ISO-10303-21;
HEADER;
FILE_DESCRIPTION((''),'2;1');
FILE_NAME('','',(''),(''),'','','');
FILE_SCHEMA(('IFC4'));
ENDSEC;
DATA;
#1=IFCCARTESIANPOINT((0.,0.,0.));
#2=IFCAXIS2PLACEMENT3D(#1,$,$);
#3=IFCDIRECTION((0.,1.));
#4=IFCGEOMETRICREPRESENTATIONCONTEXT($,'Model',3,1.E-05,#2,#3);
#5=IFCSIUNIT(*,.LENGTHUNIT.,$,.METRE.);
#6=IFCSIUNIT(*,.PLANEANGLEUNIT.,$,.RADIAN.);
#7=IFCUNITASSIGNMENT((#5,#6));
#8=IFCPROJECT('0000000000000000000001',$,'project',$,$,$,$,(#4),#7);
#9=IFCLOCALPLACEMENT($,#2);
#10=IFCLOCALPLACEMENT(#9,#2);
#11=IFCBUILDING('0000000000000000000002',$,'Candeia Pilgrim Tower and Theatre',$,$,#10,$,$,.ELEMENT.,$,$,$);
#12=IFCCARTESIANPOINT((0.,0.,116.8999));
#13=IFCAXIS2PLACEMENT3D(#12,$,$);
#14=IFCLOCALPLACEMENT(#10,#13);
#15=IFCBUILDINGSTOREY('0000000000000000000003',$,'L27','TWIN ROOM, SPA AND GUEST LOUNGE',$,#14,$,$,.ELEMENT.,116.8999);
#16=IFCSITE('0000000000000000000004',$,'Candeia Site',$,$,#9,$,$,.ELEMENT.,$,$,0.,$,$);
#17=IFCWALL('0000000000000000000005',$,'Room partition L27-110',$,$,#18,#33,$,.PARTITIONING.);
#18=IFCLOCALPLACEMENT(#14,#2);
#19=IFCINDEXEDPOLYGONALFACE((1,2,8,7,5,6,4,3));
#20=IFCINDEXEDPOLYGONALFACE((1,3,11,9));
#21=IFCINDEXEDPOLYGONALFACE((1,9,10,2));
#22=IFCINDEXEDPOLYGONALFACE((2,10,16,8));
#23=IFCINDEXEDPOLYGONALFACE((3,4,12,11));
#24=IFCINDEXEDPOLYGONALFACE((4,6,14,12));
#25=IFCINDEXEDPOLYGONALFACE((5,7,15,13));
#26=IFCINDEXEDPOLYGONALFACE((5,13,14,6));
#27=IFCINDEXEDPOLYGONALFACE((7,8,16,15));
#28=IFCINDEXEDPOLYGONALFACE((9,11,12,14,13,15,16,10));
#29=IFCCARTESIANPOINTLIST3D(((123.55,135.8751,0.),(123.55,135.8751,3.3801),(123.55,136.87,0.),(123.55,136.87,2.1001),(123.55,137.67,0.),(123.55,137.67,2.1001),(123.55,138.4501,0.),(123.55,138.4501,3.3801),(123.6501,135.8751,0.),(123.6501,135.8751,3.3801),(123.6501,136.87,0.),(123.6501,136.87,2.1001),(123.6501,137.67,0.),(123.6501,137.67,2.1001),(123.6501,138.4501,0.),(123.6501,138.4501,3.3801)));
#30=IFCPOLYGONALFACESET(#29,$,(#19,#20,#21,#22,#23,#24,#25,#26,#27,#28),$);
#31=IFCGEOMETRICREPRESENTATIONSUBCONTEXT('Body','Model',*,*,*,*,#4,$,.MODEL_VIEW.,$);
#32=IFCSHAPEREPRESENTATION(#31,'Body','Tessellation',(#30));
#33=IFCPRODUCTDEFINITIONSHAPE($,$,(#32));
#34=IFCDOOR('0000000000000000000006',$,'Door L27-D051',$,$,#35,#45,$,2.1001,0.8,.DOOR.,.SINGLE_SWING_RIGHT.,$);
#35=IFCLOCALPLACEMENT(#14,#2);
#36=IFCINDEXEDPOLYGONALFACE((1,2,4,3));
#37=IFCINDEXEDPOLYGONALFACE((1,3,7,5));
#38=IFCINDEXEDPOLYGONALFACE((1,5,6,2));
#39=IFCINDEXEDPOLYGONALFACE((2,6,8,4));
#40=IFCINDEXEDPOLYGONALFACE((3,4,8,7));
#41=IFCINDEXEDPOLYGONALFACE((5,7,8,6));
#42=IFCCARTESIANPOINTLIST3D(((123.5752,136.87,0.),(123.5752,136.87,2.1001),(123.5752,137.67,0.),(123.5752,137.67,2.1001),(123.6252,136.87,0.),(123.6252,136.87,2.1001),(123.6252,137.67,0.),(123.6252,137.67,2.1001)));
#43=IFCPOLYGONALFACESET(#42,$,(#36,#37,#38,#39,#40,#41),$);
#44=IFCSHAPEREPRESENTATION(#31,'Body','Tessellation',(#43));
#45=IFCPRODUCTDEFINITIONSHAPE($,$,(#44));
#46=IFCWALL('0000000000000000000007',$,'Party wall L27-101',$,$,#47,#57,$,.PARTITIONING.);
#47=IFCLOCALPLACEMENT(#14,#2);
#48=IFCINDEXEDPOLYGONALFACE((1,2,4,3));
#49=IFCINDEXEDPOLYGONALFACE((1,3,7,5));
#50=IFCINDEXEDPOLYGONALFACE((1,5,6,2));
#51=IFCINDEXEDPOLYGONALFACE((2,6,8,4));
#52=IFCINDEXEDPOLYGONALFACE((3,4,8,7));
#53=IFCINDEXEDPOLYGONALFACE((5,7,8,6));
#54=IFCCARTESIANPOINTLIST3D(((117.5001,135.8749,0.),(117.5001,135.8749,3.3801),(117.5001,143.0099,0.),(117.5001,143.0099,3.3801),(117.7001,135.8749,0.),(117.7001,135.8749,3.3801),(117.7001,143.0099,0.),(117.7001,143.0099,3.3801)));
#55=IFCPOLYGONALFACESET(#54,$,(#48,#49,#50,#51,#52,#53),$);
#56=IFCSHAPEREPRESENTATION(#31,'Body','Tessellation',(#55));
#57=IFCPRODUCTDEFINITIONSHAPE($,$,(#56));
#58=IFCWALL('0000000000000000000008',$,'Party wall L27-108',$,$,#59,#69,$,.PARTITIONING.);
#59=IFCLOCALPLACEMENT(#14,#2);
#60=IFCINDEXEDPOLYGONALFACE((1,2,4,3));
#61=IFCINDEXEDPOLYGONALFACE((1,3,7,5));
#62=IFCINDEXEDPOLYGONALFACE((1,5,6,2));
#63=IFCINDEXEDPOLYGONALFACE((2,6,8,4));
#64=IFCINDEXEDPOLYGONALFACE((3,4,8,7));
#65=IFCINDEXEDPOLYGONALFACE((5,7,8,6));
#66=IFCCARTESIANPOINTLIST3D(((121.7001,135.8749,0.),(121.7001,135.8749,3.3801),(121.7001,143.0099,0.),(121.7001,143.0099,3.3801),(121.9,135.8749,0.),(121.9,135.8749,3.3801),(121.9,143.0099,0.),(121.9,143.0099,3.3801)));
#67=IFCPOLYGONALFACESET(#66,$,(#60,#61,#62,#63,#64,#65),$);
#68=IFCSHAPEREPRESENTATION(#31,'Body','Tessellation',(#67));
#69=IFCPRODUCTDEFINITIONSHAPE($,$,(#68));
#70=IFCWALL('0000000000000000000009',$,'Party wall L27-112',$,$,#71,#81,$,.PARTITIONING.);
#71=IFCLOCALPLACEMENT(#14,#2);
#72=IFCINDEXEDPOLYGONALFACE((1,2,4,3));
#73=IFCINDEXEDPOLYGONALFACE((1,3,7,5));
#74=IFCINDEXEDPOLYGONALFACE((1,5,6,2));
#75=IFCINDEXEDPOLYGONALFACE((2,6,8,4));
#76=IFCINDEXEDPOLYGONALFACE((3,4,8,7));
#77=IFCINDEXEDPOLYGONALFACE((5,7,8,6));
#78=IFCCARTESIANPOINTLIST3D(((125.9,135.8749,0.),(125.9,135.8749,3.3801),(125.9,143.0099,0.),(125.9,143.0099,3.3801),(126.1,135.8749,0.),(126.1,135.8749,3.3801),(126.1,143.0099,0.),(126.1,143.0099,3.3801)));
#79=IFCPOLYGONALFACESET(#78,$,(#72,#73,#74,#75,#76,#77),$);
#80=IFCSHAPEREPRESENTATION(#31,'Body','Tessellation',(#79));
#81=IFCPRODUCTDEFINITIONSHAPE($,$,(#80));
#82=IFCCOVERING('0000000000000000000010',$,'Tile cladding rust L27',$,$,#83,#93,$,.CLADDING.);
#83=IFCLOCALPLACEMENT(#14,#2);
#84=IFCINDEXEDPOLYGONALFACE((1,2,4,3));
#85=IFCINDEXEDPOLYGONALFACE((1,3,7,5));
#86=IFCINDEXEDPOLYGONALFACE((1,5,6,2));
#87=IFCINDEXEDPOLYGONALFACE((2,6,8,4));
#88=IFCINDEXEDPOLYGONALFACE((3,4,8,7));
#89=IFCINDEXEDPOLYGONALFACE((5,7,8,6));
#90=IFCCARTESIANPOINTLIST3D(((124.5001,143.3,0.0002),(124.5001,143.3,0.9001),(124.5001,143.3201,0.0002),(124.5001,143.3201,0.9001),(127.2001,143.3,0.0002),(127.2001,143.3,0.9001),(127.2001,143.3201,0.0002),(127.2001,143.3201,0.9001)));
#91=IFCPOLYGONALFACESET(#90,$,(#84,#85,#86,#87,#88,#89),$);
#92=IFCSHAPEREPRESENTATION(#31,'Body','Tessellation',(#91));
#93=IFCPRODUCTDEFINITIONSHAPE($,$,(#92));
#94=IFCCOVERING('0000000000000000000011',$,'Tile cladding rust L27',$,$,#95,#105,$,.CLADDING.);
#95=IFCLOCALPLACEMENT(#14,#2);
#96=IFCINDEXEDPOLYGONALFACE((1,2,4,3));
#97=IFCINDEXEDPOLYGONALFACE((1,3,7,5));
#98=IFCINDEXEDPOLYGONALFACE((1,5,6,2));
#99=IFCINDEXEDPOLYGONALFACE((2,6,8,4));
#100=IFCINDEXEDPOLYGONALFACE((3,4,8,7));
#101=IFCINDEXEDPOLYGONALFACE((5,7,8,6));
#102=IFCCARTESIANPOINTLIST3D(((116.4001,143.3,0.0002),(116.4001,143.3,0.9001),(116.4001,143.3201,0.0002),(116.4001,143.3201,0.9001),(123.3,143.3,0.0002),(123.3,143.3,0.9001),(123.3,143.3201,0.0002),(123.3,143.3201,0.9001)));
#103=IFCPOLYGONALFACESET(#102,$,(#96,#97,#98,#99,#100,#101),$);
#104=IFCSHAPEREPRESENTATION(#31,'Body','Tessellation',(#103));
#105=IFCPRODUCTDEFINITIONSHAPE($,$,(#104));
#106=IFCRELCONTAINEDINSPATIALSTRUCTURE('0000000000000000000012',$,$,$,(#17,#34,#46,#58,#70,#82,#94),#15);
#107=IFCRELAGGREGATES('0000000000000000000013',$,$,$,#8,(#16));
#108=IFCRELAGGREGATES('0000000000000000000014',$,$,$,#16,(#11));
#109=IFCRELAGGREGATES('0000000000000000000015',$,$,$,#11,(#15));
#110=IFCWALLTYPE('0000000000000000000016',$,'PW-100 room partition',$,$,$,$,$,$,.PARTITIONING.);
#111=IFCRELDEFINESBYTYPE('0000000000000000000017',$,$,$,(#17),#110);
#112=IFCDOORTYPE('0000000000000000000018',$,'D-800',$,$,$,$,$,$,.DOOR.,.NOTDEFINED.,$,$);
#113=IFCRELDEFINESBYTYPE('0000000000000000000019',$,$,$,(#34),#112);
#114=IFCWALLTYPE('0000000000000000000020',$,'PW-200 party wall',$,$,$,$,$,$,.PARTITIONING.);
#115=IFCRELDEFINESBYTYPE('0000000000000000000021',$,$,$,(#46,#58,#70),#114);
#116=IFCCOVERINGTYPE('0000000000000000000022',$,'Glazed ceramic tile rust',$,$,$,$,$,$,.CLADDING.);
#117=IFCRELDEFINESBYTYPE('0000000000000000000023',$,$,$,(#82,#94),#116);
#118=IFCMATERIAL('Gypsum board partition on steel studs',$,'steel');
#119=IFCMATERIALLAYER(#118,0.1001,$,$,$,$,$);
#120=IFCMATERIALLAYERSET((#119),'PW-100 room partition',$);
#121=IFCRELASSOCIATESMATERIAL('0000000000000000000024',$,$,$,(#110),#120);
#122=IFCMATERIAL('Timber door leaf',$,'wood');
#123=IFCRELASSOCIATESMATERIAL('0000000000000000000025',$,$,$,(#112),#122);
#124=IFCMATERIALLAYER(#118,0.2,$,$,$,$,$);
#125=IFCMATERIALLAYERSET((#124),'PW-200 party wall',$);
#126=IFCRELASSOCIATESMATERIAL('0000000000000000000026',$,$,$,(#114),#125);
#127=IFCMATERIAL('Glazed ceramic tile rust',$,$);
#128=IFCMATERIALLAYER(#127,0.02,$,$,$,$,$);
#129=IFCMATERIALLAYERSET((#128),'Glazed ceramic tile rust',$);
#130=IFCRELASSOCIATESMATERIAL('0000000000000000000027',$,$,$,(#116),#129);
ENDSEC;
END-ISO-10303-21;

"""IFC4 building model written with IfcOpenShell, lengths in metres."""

from ifc_helpers import new_model, si_unit, direction, frame, frame_2d, origin, origin_2d, place, context, subcontext, project, spatial, rectangle, extrude, material, layer, layer_set, type_object, element, fill, save


model = new_model("IFC4")

# Units and contexts
model_context = context("Model", 3, precision=1e-05, world=origin(), true_north=direction((0.0, 1.0)))
body_context = subcontext(model_context, "Body", "Model", "MODEL_VIEW")
ifc_project = project(units=[si_unit("LENGTHUNIT", "METRE"), si_unit("PLANEANGLEUNIT", "RADIAN")], contexts=[model_context])

# Site, building, storey
site_placement = place(None, origin())
site = spatial("IfcSite", under=ifc_project, at=site_placement, Name="Candeia Site", CompositionType="ELEMENT", RefElevation=0.0)
building_placement = place(site_placement, origin())
building = spatial("IfcBuilding", under=site, at=building_placement, Name="Candeia Pilgrim Tower and Theatre", CompositionType="ELEMENT")
storey_placement = place(building_placement, frame((0.0, 0.0, 116.8999)))
storey = spatial("IfcBuildingStorey", under=building, at=storey_placement, Name="L27", Description="TWIN ROOM, SPA AND GUEST LOUNGE", CompositionType="ELEMENT", Elevation=116.8999)

# Shared definitions
ifc_material_1 = material(Name="Gypsum board partition on steel studs", Category="steel")
ifc_layer_1 = layer(ifc_material_1, 0.1001)
ifc_layer_set_1 = layer_set([ifc_layer_1], Name="PW-100 room partition")
wall_type_1 = type_object("IfcWallType", Name="PW-100 room partition", PredefinedType="PARTITIONING", material=ifc_layer_set_1)
ifc_material_2 = material(Name="Timber door leaf", Category="wood")
door_type_1 = type_object("IfcDoorType", Name="D-800", OperationType="NOTDEFINED", PredefinedType="DOOR", material=ifc_material_2)

# Wall, opening, door
wall_1_placement = place(storey_placement, frame((123.6001, 135.875, 0.0), z_axis=(0.0, 0.0, 1.0), x_axis=(0.0, 1.0, 0.0)))
wall_1 = element("IfcWall", 1, at=wall_1_placement, inside=storey, type_object=wall_type_1, Name="Room partition L27-110", PredefinedType="PARTITIONING", context=body_context, shape_type="SweptSolid", body=[
    extrude(rectangle(XDim=2.575, YDim=0.1001, at=frame_2d((1.2876, 0.0))), origin(), (0.0, 0.0, 1.0), 3.3801),
])
opening_1_placement = place(wall_1_placement, frame((0.9951, 0.0, 0.0)))
opening_1 = element("IfcOpeningElement", 2, at=opening_1_placement, cuts=wall_1, PredefinedType="OPENING", context=body_context, shape_type="SweptSolid", body=[
    extrude(rectangle(XDim=0.8, YDim=2.1001, at=frame_2d((0.3999, 1.05))), frame((0.0, 0.0601, 0.0), z_axis=(0.0, -1.0, 0.0), x_axis=(1.0, 0.0, 0.0)), (0.0, 0.0, 1.0), 0.1201),
])
door_1_placement = place(opening_1_placement, origin())
door_1 = element("IfcDoor", 3, at=door_1_placement, inside=storey, type_object=door_type_1, Name="Door L27-D051", OperationType="SINGLE_SWING_RIGHT", OverallHeight=2.1001, OverallWidth=0.8, PredefinedType="DOOR", context=body_context, shape_type="SweptSolid", body=[
    extrude(rectangle(XDim=0.8, YDim=2.1001, at=frame_2d((0.3999, 1.05))), frame((0.0, 0.0249, 0.0), z_axis=(0.0, -1.0, 0.0), x_axis=(1.0, 0.0, 0.0)), (0.0, 0.0, 1.0), 0.05),
])
fill(opening_1, door_1)

# Walls
ifc_layer_2 = layer(ifc_material_1, 0.2)
ifc_layer_set_2 = layer_set([ifc_layer_2], Name="PW-200 party wall")
wall_type_2 = type_object("IfcWallType", Name="PW-200 party wall", PredefinedType="PARTITIONING", material=ifc_layer_set_2)
for number, where, z_axis, x_axis, name in (
    (4, (117.6001, 135.875, 0.0), (0.0, 0.0, 1.0), (0.0, 1.0, 0.0), "Party wall L27-101"),
    (5, (121.8, 135.875, 0.0), (0.0, 0.0, 1.0), (0.0, 1.0, 0.0), "Party wall L27-108"),
    (6, (126.0, 135.875, 0.0), (0.0, 0.0, 1.0), (0.0, 1.0, 0.0), "Party wall L27-112"),
):
    element("IfcWall", number, at=place(storey_placement, frame(where, z_axis=z_axis, x_axis=x_axis)), inside=storey, type_object=wall_type_2, Name=name, PredefinedType="PARTITIONING", context=body_context, shape_type="SweptSolid", body=[
        extrude(rectangle(XDim=7.135, YDim=0.2, at=frame_2d((3.5674, 0.0))), origin(), (0.0, 0.0, 1.0), 3.3801),
    ])

# Coverings
ifc_material_3 = material(Name="Glazed ceramic tile rust")
ifc_layer_3 = layer(ifc_material_3, 0.02)
ifc_layer_set_3 = layer_set([ifc_layer_3], Name="Glazed ceramic tile rust")
covering_type = type_object("IfcCoveringType", Name="Glazed ceramic tile rust", PredefinedType="CLADDING", material=ifc_layer_set_3)
covering_1_placement = place(storey_placement, frame((125.8501, 143.3101, 0.0002), z_axis=(0.0, 0.0, 1.0), x_axis=(-1.0, 0.0, 0.0)))
element("IfcCovering", 7, at=covering_1_placement, inside=storey, type_object=covering_type, Name="Tile cladding rust L27", PredefinedType="CLADDING", context=body_context, shape_type="SweptSolid", body=[
    extrude(rectangle(XDim=2.7, YDim=0.02, at=origin_2d()), origin(), (0.0, 0.0, 1.0), 0.8999),
])
covering_2_placement = place(storey_placement, frame((119.8501, 143.3101, 0.0002), z_axis=(0.0, 0.0, 1.0), x_axis=(-1.0, 0.0, 0.0)))
element("IfcCovering", 8, at=covering_2_placement, inside=storey, type_object=covering_type, Name="Tile cladding rust L27", PredefinedType="CLADDING", context=body_context, shape_type="SweptSolid", body=[
    extrude(rectangle(XDim=6.8999, YDim=0.02, at=origin_2d()), origin(), (0.0, 0.0, 1.0), 0.8999),
])

save(model, "model.ifc")
